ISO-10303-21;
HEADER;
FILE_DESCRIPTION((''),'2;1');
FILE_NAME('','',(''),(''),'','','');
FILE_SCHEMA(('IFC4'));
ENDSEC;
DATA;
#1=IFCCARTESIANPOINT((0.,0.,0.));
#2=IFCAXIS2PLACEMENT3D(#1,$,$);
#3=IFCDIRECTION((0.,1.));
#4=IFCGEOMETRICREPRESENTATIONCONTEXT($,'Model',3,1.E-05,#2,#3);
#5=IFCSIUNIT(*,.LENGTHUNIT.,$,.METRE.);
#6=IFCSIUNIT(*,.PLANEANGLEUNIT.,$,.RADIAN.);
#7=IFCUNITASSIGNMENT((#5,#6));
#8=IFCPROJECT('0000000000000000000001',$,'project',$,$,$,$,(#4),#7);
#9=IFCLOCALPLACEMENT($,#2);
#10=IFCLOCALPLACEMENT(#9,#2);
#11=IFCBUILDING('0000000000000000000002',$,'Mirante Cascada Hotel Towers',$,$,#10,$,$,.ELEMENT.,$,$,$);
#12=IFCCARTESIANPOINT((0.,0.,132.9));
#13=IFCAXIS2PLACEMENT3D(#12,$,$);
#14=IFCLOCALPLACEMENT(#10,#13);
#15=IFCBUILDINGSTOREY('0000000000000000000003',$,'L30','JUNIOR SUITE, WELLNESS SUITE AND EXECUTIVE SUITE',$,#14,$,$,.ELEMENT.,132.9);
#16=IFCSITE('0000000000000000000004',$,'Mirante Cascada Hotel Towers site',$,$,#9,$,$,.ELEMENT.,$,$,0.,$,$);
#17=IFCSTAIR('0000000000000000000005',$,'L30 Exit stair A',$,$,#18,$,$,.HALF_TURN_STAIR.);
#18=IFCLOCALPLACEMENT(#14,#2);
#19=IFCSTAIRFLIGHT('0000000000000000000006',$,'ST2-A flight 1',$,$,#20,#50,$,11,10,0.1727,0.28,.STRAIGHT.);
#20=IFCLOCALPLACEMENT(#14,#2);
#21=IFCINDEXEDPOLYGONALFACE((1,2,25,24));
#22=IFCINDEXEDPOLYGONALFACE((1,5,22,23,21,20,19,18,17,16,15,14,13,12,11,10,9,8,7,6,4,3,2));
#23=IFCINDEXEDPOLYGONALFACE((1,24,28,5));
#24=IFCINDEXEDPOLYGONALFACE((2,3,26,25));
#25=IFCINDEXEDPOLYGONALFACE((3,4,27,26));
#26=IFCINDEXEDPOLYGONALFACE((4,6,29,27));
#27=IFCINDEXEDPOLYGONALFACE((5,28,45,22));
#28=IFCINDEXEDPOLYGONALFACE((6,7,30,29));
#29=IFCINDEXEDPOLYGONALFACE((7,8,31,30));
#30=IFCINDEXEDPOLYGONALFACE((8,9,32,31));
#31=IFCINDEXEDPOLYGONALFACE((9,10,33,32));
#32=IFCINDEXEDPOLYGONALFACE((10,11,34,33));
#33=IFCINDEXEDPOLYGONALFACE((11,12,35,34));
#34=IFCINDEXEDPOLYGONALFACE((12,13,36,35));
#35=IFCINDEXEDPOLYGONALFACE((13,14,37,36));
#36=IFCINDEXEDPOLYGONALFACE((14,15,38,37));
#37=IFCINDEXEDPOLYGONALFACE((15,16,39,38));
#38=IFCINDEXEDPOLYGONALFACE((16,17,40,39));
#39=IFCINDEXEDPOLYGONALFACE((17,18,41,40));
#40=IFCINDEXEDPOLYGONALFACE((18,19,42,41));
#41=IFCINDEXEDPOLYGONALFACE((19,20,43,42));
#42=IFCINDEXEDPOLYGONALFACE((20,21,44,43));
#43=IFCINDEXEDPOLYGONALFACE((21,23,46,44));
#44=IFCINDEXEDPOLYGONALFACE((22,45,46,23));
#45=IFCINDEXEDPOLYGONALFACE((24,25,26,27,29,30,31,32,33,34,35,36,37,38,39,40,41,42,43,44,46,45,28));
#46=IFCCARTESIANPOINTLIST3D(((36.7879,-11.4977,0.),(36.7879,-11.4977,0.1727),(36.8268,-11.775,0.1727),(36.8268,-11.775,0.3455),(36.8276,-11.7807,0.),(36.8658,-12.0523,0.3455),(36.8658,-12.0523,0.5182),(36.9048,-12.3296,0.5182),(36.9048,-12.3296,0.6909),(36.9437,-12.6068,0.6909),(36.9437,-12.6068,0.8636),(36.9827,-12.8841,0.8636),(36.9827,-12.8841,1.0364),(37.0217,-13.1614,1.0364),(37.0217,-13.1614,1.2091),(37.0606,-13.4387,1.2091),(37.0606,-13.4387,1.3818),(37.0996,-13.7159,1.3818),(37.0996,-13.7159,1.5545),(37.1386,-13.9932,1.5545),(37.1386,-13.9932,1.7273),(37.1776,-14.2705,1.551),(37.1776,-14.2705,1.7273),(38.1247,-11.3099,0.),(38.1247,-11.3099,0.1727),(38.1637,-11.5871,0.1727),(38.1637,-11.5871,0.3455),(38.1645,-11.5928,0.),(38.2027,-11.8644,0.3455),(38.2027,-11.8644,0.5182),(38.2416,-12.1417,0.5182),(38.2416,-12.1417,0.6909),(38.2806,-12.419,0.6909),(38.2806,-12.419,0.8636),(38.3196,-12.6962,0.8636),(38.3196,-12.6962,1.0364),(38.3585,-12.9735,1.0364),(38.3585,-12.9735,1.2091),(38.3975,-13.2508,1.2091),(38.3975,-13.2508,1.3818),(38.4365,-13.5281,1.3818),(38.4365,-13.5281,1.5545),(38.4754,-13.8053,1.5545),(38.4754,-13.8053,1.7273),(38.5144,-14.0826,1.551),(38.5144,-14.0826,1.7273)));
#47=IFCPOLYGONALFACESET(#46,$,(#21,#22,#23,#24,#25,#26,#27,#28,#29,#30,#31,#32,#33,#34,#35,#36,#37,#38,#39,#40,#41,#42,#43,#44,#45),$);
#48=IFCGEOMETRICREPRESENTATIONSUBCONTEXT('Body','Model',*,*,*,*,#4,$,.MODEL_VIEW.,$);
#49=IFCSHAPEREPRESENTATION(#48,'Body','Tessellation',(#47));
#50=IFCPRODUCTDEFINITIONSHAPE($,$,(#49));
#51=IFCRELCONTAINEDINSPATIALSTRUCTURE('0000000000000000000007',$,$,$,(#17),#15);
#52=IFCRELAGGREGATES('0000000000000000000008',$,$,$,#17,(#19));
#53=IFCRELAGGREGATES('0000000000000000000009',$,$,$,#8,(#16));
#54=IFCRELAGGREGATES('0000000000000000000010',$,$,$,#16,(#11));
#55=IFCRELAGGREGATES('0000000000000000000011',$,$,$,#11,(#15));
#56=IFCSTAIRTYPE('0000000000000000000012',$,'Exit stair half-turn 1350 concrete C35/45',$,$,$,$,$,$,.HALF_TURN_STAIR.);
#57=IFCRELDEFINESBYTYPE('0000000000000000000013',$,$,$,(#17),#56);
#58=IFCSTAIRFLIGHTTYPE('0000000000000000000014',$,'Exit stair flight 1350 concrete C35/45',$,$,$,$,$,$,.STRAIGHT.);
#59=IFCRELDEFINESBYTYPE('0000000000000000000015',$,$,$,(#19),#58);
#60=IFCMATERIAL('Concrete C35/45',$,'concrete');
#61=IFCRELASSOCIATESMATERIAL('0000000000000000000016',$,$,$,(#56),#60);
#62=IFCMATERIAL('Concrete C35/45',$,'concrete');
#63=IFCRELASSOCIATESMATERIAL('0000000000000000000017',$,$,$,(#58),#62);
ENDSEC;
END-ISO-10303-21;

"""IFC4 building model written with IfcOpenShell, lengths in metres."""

from ifc_helpers import new_model, si_unit, direction, frame, origin, place, context, subcontext, project, spatial, polyline, outline, extrude, material, type_object, element, aggregate, save


model = new_model("IFC4")

# Units and contexts
model_context = context("Model", 3, precision=1e-05, world=origin(), true_north=direction((0.0, 1.0)))
body_context = subcontext(model_context, "Body", "Model", "MODEL_VIEW")
ifc_project = project(units=[si_unit("LENGTHUNIT", "METRE"), si_unit("PLANEANGLEUNIT", "RADIAN")], contexts=[model_context])

# Site, building, storey
site_placement = place(None, origin())
site = spatial("IfcSite", under=ifc_project, at=site_placement, Name="Mirante Cascada Hotel Towers site", CompositionType="ELEMENT", RefElevation=0.0)
building_placement = place(site_placement, origin())
building = spatial("IfcBuilding", under=site, at=building_placement, Name="Mirante Cascada Hotel Towers", CompositionType="ELEMENT")
storey_placement = place(building_placement, frame((0.0, 0.0, 132.9)))
storey = spatial("IfcBuildingStorey", under=building, at=storey_placement, Name="L30", Description="JUNIOR SUITE, WELLNESS SUITE AND EXECUTIVE SUITE", CompositionType="ELEMENT", Elevation=132.9)

# Stair, stair flight
ifc_material_1 = material(Name="Concrete C35/45", Category="concrete")
stair_type = type_object("IfcStairType", Name="Exit stair half-turn 1350 concrete C35/45", PredefinedType="HALF_TURN_STAIR", material=ifc_material_1)
stair_placement = place(storey_placement, origin())
stair = element("IfcStair", 1, at=stair_placement, inside=storey, type_object=stair_type, Name="L30 Exit stair A", PredefinedType="HALF_TURN_STAIR")
ifc_material_2 = material(Name="Concrete C35/45", Category="concrete")
stair_flight_type = type_object("IfcStairFlightType", Name="Exit stair flight 1350 concrete C35/45", PredefinedType="STRAIGHT", material=ifc_material_2)
stair_flight_placement = place(storey_placement, frame((37.4563, -11.4038, 0.0), z_axis=(0.0, 0.0, 1.0), x_axis=(0.139173, -0.990268, 0.0)))
stair_flight = element("IfcStairFlight", 2, at=stair_flight_placement, type_object=stair_flight_type, Name="ST2-A flight 1", NumberOfRisers=11, NumberOfTreads=10, PredefinedType="STRAIGHT", RiserHeight=0.1727, TreadLength=0.28, context=body_context, shape_type="SweptSolid", body=[
    extrude(outline(polyline([(0.0, 0.0), (0.0, 0.1727), (0.28, 0.1727), (0.28, 0.3455), (0.56, 0.3455), (0.56, 0.5182), (0.84, 0.5182), (0.84, 0.6909), (1.12, 0.6909), (1.12, 0.8636), (1.4, 0.8636), (1.4, 1.0364), (1.68, 1.0364), (1.68, 1.2091), (1.96, 1.2091), (1.96, 1.3818), (2.24, 1.3818), (2.24, 1.5545), (2.52, 1.5545), (2.52, 1.7273), (2.8, 1.7273), (2.8, 1.9), (2.8, 1.551), (0.2857, 0.0), (0.0, 0.0)])), frame((0.0, 0.675, 0.0), z_axis=(0.0, -1.0, 0.0), x_axis=(1.0, 0.0, 0.0)), (0.0, 0.0, 1.0), 1.35),
])
aggregate(stair, [stair_flight])

save(model, "model.ifc")
